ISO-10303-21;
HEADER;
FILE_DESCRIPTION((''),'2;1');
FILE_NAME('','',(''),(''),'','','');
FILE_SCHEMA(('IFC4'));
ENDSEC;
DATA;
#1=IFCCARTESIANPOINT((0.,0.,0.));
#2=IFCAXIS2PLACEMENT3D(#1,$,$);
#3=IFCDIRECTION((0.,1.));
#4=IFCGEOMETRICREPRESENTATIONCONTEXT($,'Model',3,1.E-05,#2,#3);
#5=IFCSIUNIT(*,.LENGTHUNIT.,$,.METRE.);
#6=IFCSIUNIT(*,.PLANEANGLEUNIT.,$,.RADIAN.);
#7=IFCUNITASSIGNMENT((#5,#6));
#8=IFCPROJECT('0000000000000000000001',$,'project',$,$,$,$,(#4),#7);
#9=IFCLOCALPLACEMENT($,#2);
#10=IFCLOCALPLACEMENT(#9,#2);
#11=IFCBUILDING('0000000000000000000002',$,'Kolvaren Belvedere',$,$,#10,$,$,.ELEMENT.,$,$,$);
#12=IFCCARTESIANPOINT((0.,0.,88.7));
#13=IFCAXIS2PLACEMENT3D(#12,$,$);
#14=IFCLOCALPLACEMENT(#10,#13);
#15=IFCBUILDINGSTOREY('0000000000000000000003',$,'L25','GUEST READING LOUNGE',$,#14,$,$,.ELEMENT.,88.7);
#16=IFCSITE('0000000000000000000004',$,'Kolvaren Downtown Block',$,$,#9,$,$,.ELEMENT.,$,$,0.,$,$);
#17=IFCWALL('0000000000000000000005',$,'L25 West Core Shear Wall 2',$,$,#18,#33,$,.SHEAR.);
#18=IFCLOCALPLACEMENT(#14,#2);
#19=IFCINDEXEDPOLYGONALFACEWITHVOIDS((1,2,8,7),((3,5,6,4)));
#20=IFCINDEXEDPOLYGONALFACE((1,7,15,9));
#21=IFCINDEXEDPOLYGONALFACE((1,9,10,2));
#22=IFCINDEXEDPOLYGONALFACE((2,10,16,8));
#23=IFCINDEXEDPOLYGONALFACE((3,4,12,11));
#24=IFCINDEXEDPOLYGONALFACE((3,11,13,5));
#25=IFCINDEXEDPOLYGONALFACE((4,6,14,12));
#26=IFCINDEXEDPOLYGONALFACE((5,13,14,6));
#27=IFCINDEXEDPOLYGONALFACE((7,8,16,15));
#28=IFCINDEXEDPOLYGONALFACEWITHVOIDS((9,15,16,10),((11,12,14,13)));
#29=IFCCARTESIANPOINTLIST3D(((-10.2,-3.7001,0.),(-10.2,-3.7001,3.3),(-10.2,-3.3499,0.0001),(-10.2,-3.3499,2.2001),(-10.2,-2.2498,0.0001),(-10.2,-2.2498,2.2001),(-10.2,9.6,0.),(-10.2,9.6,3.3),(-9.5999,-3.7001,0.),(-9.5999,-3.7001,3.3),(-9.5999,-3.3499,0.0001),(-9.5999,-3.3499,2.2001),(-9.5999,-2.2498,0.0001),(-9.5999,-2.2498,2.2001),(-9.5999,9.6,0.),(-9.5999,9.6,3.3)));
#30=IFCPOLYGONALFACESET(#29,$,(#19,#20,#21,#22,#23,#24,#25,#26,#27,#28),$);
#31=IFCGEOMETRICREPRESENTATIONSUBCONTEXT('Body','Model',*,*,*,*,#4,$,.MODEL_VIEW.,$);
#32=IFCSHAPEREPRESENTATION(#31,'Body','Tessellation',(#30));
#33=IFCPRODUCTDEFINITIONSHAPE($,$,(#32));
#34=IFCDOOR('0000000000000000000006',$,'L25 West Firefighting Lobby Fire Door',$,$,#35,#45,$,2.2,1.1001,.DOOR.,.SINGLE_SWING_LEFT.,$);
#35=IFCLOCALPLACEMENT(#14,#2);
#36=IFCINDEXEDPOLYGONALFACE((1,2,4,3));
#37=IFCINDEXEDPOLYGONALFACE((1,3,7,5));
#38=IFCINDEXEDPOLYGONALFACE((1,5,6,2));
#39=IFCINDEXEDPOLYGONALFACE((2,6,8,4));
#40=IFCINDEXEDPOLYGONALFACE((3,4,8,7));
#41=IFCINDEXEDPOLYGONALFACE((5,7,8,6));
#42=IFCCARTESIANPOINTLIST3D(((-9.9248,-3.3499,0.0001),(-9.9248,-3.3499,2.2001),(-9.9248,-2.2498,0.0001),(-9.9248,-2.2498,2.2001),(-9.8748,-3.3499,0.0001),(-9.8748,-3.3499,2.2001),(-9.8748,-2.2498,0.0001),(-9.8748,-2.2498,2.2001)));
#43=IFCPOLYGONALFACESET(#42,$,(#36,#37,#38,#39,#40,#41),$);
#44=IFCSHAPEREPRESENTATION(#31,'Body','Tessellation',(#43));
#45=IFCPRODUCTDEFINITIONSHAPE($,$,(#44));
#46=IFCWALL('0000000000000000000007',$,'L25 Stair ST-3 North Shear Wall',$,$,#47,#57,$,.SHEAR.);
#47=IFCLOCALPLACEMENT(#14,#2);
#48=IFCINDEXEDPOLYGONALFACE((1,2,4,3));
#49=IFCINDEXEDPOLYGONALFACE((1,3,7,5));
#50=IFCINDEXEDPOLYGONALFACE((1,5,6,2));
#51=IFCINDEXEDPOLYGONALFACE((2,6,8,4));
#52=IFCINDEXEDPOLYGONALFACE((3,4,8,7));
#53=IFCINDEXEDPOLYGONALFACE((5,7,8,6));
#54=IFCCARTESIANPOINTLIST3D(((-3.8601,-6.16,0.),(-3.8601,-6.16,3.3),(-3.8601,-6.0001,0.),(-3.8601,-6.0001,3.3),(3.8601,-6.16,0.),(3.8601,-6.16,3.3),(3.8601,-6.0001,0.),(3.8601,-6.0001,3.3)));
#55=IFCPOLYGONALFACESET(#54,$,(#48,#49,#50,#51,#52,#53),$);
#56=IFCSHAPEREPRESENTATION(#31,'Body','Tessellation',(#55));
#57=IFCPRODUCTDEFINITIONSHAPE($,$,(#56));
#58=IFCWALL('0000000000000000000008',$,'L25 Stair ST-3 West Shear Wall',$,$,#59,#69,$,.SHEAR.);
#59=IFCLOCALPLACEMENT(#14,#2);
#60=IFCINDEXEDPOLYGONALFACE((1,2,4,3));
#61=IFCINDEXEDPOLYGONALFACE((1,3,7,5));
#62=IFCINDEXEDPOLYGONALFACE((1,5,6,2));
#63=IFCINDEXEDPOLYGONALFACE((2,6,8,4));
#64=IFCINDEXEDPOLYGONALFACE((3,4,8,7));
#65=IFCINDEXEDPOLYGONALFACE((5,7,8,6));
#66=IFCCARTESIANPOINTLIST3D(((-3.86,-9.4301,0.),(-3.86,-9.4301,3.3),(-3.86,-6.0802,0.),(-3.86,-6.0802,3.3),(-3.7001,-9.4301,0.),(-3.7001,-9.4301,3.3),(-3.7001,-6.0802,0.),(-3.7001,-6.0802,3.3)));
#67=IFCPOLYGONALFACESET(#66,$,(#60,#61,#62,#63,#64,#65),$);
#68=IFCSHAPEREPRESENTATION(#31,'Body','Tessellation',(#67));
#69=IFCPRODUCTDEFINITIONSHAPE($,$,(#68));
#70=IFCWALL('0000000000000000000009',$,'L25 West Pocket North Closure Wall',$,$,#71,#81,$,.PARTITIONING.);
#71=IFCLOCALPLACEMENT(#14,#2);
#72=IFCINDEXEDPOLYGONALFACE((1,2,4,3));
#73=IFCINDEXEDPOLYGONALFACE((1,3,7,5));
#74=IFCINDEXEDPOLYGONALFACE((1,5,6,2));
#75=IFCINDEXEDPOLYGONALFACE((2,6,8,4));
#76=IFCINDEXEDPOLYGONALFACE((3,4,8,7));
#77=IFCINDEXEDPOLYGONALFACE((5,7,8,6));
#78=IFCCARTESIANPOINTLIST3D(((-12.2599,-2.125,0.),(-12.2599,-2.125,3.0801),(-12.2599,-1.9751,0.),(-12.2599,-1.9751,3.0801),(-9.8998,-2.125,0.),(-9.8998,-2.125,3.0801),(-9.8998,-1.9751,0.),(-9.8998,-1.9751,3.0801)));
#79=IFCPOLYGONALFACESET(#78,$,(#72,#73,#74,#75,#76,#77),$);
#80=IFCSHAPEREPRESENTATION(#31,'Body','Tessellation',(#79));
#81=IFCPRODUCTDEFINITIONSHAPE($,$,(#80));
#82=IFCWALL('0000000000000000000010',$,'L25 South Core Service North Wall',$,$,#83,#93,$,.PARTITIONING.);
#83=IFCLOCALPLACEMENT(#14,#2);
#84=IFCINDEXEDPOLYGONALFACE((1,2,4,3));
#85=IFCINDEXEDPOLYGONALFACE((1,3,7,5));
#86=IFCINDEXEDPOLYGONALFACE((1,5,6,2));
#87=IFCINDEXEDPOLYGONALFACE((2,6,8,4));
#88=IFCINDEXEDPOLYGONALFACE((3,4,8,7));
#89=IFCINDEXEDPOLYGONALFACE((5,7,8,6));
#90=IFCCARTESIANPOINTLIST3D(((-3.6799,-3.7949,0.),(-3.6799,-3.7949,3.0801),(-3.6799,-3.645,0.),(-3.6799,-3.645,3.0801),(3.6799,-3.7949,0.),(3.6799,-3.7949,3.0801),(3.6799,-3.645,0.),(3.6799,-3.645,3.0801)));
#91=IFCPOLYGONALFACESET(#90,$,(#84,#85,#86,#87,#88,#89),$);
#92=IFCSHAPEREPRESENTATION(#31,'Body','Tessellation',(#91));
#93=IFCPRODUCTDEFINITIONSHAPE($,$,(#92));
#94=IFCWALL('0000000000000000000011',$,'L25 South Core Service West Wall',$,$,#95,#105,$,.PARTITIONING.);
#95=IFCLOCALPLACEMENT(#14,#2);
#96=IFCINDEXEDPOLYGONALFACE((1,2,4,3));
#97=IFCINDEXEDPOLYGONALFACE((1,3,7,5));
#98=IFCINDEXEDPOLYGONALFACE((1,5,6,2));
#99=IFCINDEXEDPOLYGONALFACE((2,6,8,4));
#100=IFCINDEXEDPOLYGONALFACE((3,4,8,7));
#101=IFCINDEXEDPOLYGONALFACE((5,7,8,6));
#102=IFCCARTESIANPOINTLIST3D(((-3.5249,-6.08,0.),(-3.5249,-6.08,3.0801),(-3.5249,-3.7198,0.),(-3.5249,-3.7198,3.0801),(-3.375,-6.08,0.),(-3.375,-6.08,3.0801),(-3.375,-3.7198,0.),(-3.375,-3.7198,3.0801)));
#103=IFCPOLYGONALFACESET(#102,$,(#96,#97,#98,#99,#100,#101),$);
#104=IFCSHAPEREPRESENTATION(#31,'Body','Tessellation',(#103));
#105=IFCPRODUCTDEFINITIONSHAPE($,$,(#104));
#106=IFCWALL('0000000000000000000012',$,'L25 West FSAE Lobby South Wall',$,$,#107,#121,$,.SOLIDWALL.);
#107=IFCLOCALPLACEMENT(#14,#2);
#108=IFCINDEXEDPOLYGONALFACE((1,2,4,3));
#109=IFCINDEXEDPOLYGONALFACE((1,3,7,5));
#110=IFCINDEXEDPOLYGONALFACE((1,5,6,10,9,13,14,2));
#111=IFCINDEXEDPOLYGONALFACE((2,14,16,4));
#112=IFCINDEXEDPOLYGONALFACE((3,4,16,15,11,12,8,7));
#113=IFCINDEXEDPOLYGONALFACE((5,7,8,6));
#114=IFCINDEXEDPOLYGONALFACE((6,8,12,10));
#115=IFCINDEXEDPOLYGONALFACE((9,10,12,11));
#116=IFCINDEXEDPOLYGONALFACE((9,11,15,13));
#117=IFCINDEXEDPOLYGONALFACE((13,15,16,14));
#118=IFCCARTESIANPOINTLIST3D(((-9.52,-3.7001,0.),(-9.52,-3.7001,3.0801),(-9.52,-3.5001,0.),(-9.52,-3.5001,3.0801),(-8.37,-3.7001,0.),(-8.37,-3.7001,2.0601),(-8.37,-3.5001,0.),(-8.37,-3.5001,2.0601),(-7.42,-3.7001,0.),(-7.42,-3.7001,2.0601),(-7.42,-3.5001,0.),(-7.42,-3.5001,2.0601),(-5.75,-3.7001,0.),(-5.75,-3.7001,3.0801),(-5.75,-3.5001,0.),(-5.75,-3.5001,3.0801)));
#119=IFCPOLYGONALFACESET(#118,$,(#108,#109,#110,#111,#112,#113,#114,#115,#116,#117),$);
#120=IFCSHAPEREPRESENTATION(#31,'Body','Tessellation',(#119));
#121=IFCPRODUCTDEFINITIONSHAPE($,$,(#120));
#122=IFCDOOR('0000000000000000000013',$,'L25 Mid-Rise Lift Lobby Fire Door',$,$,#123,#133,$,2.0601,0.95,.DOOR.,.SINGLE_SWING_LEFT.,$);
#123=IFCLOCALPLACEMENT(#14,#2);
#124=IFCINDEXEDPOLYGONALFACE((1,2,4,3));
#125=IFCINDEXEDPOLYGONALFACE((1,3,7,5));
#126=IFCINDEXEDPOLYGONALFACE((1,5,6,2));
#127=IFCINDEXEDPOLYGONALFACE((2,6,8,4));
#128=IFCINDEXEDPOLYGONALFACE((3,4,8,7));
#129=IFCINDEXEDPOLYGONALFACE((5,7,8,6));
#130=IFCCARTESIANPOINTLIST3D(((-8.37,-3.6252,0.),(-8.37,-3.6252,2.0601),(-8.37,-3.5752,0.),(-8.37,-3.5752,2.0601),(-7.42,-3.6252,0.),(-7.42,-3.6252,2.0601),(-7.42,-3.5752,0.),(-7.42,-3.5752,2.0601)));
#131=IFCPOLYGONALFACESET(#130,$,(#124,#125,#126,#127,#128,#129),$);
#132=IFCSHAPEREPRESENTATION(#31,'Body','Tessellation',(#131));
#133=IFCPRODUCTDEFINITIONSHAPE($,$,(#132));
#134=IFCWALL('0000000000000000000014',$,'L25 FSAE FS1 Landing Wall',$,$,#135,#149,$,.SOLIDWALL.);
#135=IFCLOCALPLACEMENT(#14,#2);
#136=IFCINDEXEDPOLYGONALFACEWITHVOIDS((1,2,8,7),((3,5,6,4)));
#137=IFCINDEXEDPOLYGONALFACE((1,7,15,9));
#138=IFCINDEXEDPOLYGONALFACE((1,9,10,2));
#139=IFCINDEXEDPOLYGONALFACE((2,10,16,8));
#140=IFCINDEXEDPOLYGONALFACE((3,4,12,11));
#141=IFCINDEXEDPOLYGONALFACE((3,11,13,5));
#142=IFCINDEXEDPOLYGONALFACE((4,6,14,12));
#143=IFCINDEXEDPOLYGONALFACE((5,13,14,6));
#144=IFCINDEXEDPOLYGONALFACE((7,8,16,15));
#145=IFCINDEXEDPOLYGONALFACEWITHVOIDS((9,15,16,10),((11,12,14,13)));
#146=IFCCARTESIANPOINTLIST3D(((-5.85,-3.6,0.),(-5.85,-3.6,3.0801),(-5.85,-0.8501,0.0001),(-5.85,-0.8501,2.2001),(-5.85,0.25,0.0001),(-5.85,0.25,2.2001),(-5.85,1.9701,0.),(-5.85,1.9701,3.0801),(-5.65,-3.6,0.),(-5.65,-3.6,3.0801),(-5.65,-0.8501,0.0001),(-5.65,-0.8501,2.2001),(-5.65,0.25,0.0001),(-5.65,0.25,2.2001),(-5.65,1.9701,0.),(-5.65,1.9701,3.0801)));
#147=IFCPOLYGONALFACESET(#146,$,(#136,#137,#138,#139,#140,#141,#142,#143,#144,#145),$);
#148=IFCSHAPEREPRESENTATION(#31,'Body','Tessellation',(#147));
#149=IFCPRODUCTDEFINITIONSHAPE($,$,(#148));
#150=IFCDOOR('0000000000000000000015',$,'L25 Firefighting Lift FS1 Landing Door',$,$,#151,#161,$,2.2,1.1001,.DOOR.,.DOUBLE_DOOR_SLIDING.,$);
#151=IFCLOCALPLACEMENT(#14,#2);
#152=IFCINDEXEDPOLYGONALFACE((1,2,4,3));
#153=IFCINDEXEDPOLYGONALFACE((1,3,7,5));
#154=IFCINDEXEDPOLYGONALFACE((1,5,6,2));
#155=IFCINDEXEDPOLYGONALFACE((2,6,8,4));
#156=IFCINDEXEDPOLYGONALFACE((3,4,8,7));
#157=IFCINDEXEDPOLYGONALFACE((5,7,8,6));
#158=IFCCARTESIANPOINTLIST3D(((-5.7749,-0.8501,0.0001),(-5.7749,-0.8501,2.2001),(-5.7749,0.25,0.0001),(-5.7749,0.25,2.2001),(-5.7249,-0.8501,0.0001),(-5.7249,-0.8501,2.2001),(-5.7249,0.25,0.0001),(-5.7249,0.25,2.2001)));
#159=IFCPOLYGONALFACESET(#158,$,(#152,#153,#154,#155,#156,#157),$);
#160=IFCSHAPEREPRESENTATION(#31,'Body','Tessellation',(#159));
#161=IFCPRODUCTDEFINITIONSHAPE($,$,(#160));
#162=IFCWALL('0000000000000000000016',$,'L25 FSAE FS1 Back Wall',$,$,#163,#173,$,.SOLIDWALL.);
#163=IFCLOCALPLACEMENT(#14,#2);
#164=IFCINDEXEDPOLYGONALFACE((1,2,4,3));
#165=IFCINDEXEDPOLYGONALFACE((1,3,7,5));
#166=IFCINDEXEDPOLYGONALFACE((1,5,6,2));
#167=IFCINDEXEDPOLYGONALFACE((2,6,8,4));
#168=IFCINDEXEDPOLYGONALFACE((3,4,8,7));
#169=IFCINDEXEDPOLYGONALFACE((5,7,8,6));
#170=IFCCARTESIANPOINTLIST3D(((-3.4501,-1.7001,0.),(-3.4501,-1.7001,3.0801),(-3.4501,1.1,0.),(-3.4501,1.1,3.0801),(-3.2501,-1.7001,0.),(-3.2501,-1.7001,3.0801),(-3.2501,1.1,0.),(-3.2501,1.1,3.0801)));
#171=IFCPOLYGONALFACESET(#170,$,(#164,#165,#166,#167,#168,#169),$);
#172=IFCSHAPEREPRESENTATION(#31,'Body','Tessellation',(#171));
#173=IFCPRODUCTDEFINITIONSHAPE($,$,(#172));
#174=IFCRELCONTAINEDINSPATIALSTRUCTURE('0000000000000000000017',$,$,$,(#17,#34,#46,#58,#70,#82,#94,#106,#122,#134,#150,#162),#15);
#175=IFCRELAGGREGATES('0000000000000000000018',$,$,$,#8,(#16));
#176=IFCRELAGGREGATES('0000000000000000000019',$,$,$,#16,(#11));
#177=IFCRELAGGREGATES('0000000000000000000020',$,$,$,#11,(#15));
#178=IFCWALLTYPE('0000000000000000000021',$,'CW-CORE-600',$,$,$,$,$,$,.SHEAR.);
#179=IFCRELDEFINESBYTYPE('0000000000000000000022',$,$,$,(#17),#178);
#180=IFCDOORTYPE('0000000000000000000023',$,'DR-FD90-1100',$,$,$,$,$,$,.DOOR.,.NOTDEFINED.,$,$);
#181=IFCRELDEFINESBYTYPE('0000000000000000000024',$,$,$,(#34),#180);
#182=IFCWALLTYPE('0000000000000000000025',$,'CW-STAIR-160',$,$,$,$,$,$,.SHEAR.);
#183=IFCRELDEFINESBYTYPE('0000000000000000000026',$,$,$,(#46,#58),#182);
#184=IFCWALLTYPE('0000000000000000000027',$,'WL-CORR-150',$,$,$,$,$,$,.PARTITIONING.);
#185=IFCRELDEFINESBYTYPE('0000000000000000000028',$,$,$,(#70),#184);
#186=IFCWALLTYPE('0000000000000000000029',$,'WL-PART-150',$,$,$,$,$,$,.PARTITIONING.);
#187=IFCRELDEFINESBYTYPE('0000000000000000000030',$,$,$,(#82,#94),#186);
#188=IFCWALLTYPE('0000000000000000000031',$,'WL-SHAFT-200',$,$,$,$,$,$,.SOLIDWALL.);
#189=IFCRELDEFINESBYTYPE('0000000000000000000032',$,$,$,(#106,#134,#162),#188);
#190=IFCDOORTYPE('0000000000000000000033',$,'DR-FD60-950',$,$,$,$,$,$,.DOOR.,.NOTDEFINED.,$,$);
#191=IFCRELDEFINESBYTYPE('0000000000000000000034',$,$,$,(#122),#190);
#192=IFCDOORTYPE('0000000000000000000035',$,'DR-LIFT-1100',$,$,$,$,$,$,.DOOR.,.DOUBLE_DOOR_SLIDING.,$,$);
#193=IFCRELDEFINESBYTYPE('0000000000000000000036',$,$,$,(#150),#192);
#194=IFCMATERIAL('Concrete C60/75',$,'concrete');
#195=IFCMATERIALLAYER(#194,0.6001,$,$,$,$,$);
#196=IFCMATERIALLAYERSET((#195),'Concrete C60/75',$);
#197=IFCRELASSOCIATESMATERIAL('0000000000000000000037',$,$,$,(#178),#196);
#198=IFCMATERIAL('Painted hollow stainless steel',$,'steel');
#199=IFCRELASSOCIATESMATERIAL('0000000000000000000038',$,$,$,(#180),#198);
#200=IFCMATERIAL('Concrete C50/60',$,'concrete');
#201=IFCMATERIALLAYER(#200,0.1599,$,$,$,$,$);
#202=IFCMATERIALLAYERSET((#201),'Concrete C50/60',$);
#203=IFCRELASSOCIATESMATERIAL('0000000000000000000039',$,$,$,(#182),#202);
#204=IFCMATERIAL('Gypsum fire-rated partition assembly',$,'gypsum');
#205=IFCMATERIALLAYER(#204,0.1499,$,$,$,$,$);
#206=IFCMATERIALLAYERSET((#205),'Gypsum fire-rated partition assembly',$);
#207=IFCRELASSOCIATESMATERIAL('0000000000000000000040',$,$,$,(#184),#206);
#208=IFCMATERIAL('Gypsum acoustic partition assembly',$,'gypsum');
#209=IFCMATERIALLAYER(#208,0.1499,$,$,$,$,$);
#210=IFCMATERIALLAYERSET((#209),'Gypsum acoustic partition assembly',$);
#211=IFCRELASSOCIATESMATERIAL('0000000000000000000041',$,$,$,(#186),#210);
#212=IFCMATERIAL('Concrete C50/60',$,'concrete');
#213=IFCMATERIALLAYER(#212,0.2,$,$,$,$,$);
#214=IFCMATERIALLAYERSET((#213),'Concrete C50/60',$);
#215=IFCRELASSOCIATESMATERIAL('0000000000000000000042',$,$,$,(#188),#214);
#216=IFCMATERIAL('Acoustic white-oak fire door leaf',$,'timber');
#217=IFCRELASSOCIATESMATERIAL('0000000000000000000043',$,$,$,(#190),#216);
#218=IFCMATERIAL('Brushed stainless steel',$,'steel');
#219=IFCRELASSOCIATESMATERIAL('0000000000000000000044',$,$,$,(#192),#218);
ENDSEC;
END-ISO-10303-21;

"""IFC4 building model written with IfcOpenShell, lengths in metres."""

from ifc_helpers import new_model, si_unit, direction, frame, frame_2d, origin, place, context, subcontext, project, spatial, rectangle, extrude, material, layer, layer_set, type_object, element, fill, save


model = new_model("IFC4")

# Units and contexts
model_context = context("Model", 3, precision=1e-05, world=origin(), true_north=direction((0.0, 1.0)))
body_context = subcontext(model_context, "Body", "Model", "MODEL_VIEW")
ifc_project = project(units=[si_unit("LENGTHUNIT", "METRE"), si_unit("PLANEANGLEUNIT", "RADIAN")], contexts=[model_context])

# Site, building, storey
site_placement = place(None, origin())
site = spatial("IfcSite", under=ifc_project, at=site_placement, Name="Kolvaren Downtown Block", CompositionType="ELEMENT", RefElevation=0.0)
building_placement = place(site_placement, origin())
building = spatial("IfcBuilding", under=site, at=building_placement, Name="Kolvaren Belvedere", CompositionType="ELEMENT")
storey_placement = place(building_placement, frame((0.0, 0.0, 88.7)))
storey = spatial("IfcBuildingStorey", under=building, at=storey_placement, Name="L25", Description="GUEST READING LOUNGE", CompositionType="ELEMENT", Elevation=88.7)

# Wall, opening, door
ifc_material_1 = material(Name="Concrete C60/75", Category="concrete")
ifc_layer_1 = layer(ifc_material_1, 0.6001)
ifc_layer_set_1 = layer_set([ifc_layer_1], Name="Concrete C60/75")
wall_type_1 = type_object("IfcWallType", Name="CW-CORE-600", PredefinedType="SHEAR", material=ifc_layer_set_1)
wall_1_placement = place(storey_placement, frame((-9.8999, -3.7, 0.0), z_axis=(0.0, 0.0, 1.0), x_axis=(0.0, 1.0, 0.0)))
wall_1 = element("IfcWall", 1, at=wall_1_placement, inside=storey, type_object=wall_type_1, Name="L25 West Core Shear Wall 2", PredefinedType="SHEAR", context=body_context, shape_type="SweptSolid", body=[
    extrude(rectangle(XDim=13.3, YDim=0.6001, at=frame_2d((6.6499, 0.0))), origin(), (0.0, 0.0, 1.0), 3.3),
])
opening_1_placement = place(wall_1_placement, frame((0.3501, 0.0, 0.0)))
opening_1 = element("IfcOpeningElement", 2, at=opening_1_placement, cuts=wall_1, PredefinedType="OPENING", context=body_context, shape_type="SweptSolid", body=[
    extrude(rectangle(XDim=1.1001, YDim=2.2, at=frame_2d((0.55, 1.1001))), frame((0.0, 0.3101, 0.0), z_axis=(0.0, -1.0, 0.0), x_axis=(1.0, 0.0, 0.0)), (0.0, 0.0, 1.0), 0.6201),
])
ifc_material_2 = material(Name="Painted hollow stainless steel", Category="steel")
door_type_1 = type_object("IfcDoorType", Name="DR-FD90-1100", OperationType="NOTDEFINED", PredefinedType="DOOR", material=ifc_material_2)
door_1_placement = place(opening_1_placement, origin())
door_1 = element("IfcDoor", 3, at=door_1_placement, inside=storey, type_object=door_type_1, Name="L25 West Firefighting Lobby Fire Door", OperationType="SINGLE_SWING_LEFT", OverallHeight=2.2, OverallWidth=1.1001, PredefinedType="DOOR", context=body_context, shape_type="SweptSolid", body=[
    extrude(rectangle(XDim=1.1001, YDim=2.2, at=frame_2d((0.55, 1.1001))), frame((0.0, 0.0249, 0.0), z_axis=(0.0, -1.0, 0.0), x_axis=(1.0, 0.0, 0.0)), (0.0, 0.0, 1.0), 0.05),
])
fill(opening_1, door_1)

# Walls
ifc_material_3 = material(Name="Concrete C50/60", Category="concrete")
ifc_layer_2 = layer(ifc_material_3, 0.1599)
ifc_layer_set_2 = layer_set([ifc_layer_2], Name="Concrete C50/60")
wall_type_2 = type_object("IfcWallType", Name="CW-STAIR-160", PredefinedType="SHEAR", material=ifc_layer_set_2)
wall_2_placement = place(storey_placement, frame((-3.8601, -6.0801, 0.0), z_axis=(0.0, 0.0, 1.0), x_axis=(1.0, 0.0, 0.0)))
element("IfcWall", 4, at=wall_2_placement, inside=storey, type_object=wall_type_2, Name="L25 Stair ST-3 North Shear Wall", PredefinedType="SHEAR", context=body_context, shape_type="SweptSolid", body=[
    extrude(rectangle(XDim=7.7202, YDim=0.1599, at=frame_2d((3.8601, 0.0))), origin(), (0.0, 0.0, 1.0), 3.3),
])
wall_3_placement = place(storey_placement, frame((-3.78, -9.4299, 0.0), z_axis=(0.0, 0.0, 1.0), x_axis=(0.0, 1.0, 0.0)))
element("IfcWall", 5, at=wall_3_placement, inside=storey, type_object=wall_type_2, Name="L25 Stair ST-3 West Shear Wall", PredefinedType="SHEAR", context=body_context, shape_type="SweptSolid", body=[
    extrude(rectangle(XDim=3.3499, YDim=0.1599, at=frame_2d((1.6748, 0.0))), origin(), (0.0, 0.0, 1.0), 3.3),
])
ifc_material_4 = material(Name="Gypsum fire-rated partition assembly", Category="gypsum")
ifc_layer_3 = layer(ifc_material_4, 0.1499)
ifc_layer_set_3 = layer_set([ifc_layer_3], Name="Gypsum fire-rated partition assembly")
wall_type_3 = type_object("IfcWallType", Name="WL-CORR-150", PredefinedType="PARTITIONING", material=ifc_layer_set_3)
wall_4_placement = place(storey_placement, frame((-12.26, -2.05, 0.0), z_axis=(0.0, 0.0, 1.0), x_axis=(1.0, 0.0, 0.0)))
element("IfcWall", 6, at=wall_4_placement, inside=storey, type_object=wall_type_3, Name="L25 West Pocket North Closure Wall", PredefinedType="PARTITIONING", context=body_context, shape_type="SweptSolid", body=[
    extrude(rectangle(XDim=2.3601, YDim=0.1499, at=frame_2d((1.1802, 0.0))), origin(), (0.0, 0.0, 1.0), 3.0801),
])
ifc_material_5 = material(Name="Gypsum acoustic partition assembly", Category="gypsum")
ifc_layer_4 = layer(ifc_material_5, 0.1499)
ifc_layer_set_4 = layer_set([ifc_layer_4], Name="Gypsum acoustic partition assembly")
wall_type_4 = type_object("IfcWallType", Name="WL-PART-150", PredefinedType="PARTITIONING", material=ifc_layer_set_4)
wall_5_placement = place(storey_placement, frame((-3.6799, -3.72, 0.0), z_axis=(0.0, 0.0, 1.0), x_axis=(1.0, 0.0, 0.0)))
element("IfcWall", 7, at=wall_5_placement, inside=storey, type_object=wall_type_4, Name="L25 South Core Service North Wall", PredefinedType="PARTITIONING", context=body_context, shape_type="SweptSolid", body=[
    extrude(rectangle(XDim=7.3599, YDim=0.1499, at=frame_2d((3.6799, 0.0))), origin(), (0.0, 0.0, 1.0), 3.0801),
])
wall_6_placement = place(storey_placement, frame((-3.45, -6.0801, 0.0), z_axis=(0.0, 0.0, 1.0), x_axis=(0.0, 1.0, 0.0)))
element("IfcWall", 8, at=wall_6_placement, inside=storey, type_object=wall_type_4, Name="L25 South Core Service West Wall", PredefinedType="PARTITIONING", context=body_context, shape_type="SweptSolid", body=[
    extrude(rectangle(XDim=2.3601, YDim=0.1499, at=frame_2d((1.1802, 0.0))), origin(), (0.0, 0.0, 1.0), 3.0801),
])

# Walls, openings, doors
ifc_material_6 = material(Name="Concrete C50/60", Category="concrete")
ifc_layer_5 = layer(ifc_material_6, 0.2)
ifc_layer_set_5 = layer_set([ifc_layer_5], Name="Concrete C50/60")
wall_type_5 = type_object("IfcWallType", Name="WL-SHAFT-200", PredefinedType="SOLIDWALL", material=ifc_layer_set_5)
wall_7_placement = place(storey_placement, frame((-9.52, -3.6001, 0.0), z_axis=(0.0, 0.0, 1.0), x_axis=(1.0, 0.0, 0.0)))
wall_7 = element("IfcWall", 9, at=wall_7_placement, inside=storey, type_object=wall_type_5, Name="L25 West FSAE Lobby South Wall", PredefinedType="SOLIDWALL", context=body_context, shape_type="SweptSolid", body=[
    extrude(rectangle(XDim=3.77, YDim=0.2, at=frame_2d((1.885, 0.0))), origin(), (0.0, 0.0, 1.0), 3.0801),
])
opening_2_placement = place(wall_7_placement, frame((1.1499, 0.0, 0.0)))
opening_2 = element("IfcOpeningElement", 10, at=opening_2_placement, cuts=wall_7, PredefinedType="OPENING", context=body_context, shape_type="SweptSolid", body=[
    extrude(rectangle(XDim=0.95, YDim=2.0601, at=frame_2d((0.4751, 1.03))), frame((0.0, 0.1099, 0.0), z_axis=(0.0, -1.0, 0.0), x_axis=(1.0, 0.0, 0.0)), (0.0, 0.0, 1.0), 0.22),
])
ifc_material_7 = material(Name="Acoustic white-oak fire door leaf", Category="timber")
door_type_2 = type_object("IfcDoorType", Name="DR-FD60-950", OperationType="NOTDEFINED", PredefinedType="DOOR", material=ifc_material_7)
door_2_placement = place(opening_2_placement, origin())
door_2 = element("IfcDoor", 11, at=door_2_placement, inside=storey, type_object=door_type_2, Name="L25 Mid-Rise Lift Lobby Fire Door", OperationType="SINGLE_SWING_LEFT", OverallHeight=2.0601, OverallWidth=0.95, PredefinedType="DOOR", context=body_context, shape_type="SweptSolid", body=[
    extrude(rectangle(XDim=0.95, YDim=2.0601, at=frame_2d((0.4751, 1.03))), frame((0.0, 0.0249, 0.0), z_axis=(0.0, -1.0, 0.0), x_axis=(1.0, 0.0, 0.0)), (0.0, 0.0, 1.0), 0.05),
])
fill(opening_2, door_2)
wall_8_placement = place(storey_placement, frame((-5.75, -3.6001, 0.0), z_axis=(0.0, 0.0, 1.0), x_axis=(0.0, 1.0, 0.0)))
wall_8 = element("IfcWall", 12, at=wall_8_placement, inside=storey, type_object=wall_type_5, Name="L25 FSAE FS1 Landing Wall", PredefinedType="SOLIDWALL", context=body_context, shape_type="SweptSolid", body=[
    extrude(rectangle(XDim=5.5701, YDim=0.2, at=frame_2d((2.7852, 0.0))), origin(), (0.0, 0.0, 1.0), 3.0801),
])
opening_3_placement = place(wall_8_placement, frame((2.75, 0.0, 0.0)))
opening_3 = element("IfcOpeningElement", 13, at=opening_3_placement, cuts=wall_8, PredefinedType="OPENING", context=body_context, shape_type="SweptSolid", body=[
    extrude(rectangle(XDim=1.1001, YDim=2.2, at=frame_2d((0.55, 1.1001))), frame((0.0, 0.1099, 0.0), z_axis=(0.0, -1.0, 0.0), x_axis=(1.0, 0.0, 0.0)), (0.0, 0.0, 1.0), 0.22),
])
ifc_material_8 = material(Name="Brushed stainless steel", Category="steel")
door_type_3 = type_object("IfcDoorType", Name="DR-LIFT-1100", OperationType="DOUBLE_DOOR_SLIDING", PredefinedType="DOOR", material=ifc_material_8)
door_3_placement = place(opening_3_placement, origin())
door_3 = element("IfcDoor", 14, at=door_3_placement, inside=storey, type_object=door_type_3, Name="L25 Firefighting Lift FS1 Landing Door", OperationType="DOUBLE_DOOR_SLIDING", OverallHeight=2.2, OverallWidth=1.1001, PredefinedType="DOOR", context=body_context, shape_type="SweptSolid", body=[
    extrude(rectangle(XDim=1.1001, YDim=2.2, at=frame_2d((0.55, 1.1001))), frame((0.0, 0.0249, 0.0), z_axis=(0.0, -1.0, 0.0), x_axis=(1.0, 0.0, 0.0)), (0.0, 0.0, 1.0), 0.05),
])
fill(opening_3, door_3)

# Wall
wall_9_placement = place(storey_placement, frame((-3.3501, -1.7, 0.0), z_axis=(0.0, 0.0, 1.0), x_axis=(0.0, 1.0, 0.0)))
element("IfcWall", 15, at=wall_9_placement, inside=storey, type_object=wall_type_5, Name="L25 FSAE FS1 Back Wall", PredefinedType="SOLIDWALL", context=body_context, shape_type="SweptSolid", body=[
    extrude(rectangle(XDim=2.8, YDim=0.2, at=frame_2d((1.3999, 0.0))), origin(), (0.0, 0.0, 1.0), 3.0801),
])

save(model, "model.ifc")
